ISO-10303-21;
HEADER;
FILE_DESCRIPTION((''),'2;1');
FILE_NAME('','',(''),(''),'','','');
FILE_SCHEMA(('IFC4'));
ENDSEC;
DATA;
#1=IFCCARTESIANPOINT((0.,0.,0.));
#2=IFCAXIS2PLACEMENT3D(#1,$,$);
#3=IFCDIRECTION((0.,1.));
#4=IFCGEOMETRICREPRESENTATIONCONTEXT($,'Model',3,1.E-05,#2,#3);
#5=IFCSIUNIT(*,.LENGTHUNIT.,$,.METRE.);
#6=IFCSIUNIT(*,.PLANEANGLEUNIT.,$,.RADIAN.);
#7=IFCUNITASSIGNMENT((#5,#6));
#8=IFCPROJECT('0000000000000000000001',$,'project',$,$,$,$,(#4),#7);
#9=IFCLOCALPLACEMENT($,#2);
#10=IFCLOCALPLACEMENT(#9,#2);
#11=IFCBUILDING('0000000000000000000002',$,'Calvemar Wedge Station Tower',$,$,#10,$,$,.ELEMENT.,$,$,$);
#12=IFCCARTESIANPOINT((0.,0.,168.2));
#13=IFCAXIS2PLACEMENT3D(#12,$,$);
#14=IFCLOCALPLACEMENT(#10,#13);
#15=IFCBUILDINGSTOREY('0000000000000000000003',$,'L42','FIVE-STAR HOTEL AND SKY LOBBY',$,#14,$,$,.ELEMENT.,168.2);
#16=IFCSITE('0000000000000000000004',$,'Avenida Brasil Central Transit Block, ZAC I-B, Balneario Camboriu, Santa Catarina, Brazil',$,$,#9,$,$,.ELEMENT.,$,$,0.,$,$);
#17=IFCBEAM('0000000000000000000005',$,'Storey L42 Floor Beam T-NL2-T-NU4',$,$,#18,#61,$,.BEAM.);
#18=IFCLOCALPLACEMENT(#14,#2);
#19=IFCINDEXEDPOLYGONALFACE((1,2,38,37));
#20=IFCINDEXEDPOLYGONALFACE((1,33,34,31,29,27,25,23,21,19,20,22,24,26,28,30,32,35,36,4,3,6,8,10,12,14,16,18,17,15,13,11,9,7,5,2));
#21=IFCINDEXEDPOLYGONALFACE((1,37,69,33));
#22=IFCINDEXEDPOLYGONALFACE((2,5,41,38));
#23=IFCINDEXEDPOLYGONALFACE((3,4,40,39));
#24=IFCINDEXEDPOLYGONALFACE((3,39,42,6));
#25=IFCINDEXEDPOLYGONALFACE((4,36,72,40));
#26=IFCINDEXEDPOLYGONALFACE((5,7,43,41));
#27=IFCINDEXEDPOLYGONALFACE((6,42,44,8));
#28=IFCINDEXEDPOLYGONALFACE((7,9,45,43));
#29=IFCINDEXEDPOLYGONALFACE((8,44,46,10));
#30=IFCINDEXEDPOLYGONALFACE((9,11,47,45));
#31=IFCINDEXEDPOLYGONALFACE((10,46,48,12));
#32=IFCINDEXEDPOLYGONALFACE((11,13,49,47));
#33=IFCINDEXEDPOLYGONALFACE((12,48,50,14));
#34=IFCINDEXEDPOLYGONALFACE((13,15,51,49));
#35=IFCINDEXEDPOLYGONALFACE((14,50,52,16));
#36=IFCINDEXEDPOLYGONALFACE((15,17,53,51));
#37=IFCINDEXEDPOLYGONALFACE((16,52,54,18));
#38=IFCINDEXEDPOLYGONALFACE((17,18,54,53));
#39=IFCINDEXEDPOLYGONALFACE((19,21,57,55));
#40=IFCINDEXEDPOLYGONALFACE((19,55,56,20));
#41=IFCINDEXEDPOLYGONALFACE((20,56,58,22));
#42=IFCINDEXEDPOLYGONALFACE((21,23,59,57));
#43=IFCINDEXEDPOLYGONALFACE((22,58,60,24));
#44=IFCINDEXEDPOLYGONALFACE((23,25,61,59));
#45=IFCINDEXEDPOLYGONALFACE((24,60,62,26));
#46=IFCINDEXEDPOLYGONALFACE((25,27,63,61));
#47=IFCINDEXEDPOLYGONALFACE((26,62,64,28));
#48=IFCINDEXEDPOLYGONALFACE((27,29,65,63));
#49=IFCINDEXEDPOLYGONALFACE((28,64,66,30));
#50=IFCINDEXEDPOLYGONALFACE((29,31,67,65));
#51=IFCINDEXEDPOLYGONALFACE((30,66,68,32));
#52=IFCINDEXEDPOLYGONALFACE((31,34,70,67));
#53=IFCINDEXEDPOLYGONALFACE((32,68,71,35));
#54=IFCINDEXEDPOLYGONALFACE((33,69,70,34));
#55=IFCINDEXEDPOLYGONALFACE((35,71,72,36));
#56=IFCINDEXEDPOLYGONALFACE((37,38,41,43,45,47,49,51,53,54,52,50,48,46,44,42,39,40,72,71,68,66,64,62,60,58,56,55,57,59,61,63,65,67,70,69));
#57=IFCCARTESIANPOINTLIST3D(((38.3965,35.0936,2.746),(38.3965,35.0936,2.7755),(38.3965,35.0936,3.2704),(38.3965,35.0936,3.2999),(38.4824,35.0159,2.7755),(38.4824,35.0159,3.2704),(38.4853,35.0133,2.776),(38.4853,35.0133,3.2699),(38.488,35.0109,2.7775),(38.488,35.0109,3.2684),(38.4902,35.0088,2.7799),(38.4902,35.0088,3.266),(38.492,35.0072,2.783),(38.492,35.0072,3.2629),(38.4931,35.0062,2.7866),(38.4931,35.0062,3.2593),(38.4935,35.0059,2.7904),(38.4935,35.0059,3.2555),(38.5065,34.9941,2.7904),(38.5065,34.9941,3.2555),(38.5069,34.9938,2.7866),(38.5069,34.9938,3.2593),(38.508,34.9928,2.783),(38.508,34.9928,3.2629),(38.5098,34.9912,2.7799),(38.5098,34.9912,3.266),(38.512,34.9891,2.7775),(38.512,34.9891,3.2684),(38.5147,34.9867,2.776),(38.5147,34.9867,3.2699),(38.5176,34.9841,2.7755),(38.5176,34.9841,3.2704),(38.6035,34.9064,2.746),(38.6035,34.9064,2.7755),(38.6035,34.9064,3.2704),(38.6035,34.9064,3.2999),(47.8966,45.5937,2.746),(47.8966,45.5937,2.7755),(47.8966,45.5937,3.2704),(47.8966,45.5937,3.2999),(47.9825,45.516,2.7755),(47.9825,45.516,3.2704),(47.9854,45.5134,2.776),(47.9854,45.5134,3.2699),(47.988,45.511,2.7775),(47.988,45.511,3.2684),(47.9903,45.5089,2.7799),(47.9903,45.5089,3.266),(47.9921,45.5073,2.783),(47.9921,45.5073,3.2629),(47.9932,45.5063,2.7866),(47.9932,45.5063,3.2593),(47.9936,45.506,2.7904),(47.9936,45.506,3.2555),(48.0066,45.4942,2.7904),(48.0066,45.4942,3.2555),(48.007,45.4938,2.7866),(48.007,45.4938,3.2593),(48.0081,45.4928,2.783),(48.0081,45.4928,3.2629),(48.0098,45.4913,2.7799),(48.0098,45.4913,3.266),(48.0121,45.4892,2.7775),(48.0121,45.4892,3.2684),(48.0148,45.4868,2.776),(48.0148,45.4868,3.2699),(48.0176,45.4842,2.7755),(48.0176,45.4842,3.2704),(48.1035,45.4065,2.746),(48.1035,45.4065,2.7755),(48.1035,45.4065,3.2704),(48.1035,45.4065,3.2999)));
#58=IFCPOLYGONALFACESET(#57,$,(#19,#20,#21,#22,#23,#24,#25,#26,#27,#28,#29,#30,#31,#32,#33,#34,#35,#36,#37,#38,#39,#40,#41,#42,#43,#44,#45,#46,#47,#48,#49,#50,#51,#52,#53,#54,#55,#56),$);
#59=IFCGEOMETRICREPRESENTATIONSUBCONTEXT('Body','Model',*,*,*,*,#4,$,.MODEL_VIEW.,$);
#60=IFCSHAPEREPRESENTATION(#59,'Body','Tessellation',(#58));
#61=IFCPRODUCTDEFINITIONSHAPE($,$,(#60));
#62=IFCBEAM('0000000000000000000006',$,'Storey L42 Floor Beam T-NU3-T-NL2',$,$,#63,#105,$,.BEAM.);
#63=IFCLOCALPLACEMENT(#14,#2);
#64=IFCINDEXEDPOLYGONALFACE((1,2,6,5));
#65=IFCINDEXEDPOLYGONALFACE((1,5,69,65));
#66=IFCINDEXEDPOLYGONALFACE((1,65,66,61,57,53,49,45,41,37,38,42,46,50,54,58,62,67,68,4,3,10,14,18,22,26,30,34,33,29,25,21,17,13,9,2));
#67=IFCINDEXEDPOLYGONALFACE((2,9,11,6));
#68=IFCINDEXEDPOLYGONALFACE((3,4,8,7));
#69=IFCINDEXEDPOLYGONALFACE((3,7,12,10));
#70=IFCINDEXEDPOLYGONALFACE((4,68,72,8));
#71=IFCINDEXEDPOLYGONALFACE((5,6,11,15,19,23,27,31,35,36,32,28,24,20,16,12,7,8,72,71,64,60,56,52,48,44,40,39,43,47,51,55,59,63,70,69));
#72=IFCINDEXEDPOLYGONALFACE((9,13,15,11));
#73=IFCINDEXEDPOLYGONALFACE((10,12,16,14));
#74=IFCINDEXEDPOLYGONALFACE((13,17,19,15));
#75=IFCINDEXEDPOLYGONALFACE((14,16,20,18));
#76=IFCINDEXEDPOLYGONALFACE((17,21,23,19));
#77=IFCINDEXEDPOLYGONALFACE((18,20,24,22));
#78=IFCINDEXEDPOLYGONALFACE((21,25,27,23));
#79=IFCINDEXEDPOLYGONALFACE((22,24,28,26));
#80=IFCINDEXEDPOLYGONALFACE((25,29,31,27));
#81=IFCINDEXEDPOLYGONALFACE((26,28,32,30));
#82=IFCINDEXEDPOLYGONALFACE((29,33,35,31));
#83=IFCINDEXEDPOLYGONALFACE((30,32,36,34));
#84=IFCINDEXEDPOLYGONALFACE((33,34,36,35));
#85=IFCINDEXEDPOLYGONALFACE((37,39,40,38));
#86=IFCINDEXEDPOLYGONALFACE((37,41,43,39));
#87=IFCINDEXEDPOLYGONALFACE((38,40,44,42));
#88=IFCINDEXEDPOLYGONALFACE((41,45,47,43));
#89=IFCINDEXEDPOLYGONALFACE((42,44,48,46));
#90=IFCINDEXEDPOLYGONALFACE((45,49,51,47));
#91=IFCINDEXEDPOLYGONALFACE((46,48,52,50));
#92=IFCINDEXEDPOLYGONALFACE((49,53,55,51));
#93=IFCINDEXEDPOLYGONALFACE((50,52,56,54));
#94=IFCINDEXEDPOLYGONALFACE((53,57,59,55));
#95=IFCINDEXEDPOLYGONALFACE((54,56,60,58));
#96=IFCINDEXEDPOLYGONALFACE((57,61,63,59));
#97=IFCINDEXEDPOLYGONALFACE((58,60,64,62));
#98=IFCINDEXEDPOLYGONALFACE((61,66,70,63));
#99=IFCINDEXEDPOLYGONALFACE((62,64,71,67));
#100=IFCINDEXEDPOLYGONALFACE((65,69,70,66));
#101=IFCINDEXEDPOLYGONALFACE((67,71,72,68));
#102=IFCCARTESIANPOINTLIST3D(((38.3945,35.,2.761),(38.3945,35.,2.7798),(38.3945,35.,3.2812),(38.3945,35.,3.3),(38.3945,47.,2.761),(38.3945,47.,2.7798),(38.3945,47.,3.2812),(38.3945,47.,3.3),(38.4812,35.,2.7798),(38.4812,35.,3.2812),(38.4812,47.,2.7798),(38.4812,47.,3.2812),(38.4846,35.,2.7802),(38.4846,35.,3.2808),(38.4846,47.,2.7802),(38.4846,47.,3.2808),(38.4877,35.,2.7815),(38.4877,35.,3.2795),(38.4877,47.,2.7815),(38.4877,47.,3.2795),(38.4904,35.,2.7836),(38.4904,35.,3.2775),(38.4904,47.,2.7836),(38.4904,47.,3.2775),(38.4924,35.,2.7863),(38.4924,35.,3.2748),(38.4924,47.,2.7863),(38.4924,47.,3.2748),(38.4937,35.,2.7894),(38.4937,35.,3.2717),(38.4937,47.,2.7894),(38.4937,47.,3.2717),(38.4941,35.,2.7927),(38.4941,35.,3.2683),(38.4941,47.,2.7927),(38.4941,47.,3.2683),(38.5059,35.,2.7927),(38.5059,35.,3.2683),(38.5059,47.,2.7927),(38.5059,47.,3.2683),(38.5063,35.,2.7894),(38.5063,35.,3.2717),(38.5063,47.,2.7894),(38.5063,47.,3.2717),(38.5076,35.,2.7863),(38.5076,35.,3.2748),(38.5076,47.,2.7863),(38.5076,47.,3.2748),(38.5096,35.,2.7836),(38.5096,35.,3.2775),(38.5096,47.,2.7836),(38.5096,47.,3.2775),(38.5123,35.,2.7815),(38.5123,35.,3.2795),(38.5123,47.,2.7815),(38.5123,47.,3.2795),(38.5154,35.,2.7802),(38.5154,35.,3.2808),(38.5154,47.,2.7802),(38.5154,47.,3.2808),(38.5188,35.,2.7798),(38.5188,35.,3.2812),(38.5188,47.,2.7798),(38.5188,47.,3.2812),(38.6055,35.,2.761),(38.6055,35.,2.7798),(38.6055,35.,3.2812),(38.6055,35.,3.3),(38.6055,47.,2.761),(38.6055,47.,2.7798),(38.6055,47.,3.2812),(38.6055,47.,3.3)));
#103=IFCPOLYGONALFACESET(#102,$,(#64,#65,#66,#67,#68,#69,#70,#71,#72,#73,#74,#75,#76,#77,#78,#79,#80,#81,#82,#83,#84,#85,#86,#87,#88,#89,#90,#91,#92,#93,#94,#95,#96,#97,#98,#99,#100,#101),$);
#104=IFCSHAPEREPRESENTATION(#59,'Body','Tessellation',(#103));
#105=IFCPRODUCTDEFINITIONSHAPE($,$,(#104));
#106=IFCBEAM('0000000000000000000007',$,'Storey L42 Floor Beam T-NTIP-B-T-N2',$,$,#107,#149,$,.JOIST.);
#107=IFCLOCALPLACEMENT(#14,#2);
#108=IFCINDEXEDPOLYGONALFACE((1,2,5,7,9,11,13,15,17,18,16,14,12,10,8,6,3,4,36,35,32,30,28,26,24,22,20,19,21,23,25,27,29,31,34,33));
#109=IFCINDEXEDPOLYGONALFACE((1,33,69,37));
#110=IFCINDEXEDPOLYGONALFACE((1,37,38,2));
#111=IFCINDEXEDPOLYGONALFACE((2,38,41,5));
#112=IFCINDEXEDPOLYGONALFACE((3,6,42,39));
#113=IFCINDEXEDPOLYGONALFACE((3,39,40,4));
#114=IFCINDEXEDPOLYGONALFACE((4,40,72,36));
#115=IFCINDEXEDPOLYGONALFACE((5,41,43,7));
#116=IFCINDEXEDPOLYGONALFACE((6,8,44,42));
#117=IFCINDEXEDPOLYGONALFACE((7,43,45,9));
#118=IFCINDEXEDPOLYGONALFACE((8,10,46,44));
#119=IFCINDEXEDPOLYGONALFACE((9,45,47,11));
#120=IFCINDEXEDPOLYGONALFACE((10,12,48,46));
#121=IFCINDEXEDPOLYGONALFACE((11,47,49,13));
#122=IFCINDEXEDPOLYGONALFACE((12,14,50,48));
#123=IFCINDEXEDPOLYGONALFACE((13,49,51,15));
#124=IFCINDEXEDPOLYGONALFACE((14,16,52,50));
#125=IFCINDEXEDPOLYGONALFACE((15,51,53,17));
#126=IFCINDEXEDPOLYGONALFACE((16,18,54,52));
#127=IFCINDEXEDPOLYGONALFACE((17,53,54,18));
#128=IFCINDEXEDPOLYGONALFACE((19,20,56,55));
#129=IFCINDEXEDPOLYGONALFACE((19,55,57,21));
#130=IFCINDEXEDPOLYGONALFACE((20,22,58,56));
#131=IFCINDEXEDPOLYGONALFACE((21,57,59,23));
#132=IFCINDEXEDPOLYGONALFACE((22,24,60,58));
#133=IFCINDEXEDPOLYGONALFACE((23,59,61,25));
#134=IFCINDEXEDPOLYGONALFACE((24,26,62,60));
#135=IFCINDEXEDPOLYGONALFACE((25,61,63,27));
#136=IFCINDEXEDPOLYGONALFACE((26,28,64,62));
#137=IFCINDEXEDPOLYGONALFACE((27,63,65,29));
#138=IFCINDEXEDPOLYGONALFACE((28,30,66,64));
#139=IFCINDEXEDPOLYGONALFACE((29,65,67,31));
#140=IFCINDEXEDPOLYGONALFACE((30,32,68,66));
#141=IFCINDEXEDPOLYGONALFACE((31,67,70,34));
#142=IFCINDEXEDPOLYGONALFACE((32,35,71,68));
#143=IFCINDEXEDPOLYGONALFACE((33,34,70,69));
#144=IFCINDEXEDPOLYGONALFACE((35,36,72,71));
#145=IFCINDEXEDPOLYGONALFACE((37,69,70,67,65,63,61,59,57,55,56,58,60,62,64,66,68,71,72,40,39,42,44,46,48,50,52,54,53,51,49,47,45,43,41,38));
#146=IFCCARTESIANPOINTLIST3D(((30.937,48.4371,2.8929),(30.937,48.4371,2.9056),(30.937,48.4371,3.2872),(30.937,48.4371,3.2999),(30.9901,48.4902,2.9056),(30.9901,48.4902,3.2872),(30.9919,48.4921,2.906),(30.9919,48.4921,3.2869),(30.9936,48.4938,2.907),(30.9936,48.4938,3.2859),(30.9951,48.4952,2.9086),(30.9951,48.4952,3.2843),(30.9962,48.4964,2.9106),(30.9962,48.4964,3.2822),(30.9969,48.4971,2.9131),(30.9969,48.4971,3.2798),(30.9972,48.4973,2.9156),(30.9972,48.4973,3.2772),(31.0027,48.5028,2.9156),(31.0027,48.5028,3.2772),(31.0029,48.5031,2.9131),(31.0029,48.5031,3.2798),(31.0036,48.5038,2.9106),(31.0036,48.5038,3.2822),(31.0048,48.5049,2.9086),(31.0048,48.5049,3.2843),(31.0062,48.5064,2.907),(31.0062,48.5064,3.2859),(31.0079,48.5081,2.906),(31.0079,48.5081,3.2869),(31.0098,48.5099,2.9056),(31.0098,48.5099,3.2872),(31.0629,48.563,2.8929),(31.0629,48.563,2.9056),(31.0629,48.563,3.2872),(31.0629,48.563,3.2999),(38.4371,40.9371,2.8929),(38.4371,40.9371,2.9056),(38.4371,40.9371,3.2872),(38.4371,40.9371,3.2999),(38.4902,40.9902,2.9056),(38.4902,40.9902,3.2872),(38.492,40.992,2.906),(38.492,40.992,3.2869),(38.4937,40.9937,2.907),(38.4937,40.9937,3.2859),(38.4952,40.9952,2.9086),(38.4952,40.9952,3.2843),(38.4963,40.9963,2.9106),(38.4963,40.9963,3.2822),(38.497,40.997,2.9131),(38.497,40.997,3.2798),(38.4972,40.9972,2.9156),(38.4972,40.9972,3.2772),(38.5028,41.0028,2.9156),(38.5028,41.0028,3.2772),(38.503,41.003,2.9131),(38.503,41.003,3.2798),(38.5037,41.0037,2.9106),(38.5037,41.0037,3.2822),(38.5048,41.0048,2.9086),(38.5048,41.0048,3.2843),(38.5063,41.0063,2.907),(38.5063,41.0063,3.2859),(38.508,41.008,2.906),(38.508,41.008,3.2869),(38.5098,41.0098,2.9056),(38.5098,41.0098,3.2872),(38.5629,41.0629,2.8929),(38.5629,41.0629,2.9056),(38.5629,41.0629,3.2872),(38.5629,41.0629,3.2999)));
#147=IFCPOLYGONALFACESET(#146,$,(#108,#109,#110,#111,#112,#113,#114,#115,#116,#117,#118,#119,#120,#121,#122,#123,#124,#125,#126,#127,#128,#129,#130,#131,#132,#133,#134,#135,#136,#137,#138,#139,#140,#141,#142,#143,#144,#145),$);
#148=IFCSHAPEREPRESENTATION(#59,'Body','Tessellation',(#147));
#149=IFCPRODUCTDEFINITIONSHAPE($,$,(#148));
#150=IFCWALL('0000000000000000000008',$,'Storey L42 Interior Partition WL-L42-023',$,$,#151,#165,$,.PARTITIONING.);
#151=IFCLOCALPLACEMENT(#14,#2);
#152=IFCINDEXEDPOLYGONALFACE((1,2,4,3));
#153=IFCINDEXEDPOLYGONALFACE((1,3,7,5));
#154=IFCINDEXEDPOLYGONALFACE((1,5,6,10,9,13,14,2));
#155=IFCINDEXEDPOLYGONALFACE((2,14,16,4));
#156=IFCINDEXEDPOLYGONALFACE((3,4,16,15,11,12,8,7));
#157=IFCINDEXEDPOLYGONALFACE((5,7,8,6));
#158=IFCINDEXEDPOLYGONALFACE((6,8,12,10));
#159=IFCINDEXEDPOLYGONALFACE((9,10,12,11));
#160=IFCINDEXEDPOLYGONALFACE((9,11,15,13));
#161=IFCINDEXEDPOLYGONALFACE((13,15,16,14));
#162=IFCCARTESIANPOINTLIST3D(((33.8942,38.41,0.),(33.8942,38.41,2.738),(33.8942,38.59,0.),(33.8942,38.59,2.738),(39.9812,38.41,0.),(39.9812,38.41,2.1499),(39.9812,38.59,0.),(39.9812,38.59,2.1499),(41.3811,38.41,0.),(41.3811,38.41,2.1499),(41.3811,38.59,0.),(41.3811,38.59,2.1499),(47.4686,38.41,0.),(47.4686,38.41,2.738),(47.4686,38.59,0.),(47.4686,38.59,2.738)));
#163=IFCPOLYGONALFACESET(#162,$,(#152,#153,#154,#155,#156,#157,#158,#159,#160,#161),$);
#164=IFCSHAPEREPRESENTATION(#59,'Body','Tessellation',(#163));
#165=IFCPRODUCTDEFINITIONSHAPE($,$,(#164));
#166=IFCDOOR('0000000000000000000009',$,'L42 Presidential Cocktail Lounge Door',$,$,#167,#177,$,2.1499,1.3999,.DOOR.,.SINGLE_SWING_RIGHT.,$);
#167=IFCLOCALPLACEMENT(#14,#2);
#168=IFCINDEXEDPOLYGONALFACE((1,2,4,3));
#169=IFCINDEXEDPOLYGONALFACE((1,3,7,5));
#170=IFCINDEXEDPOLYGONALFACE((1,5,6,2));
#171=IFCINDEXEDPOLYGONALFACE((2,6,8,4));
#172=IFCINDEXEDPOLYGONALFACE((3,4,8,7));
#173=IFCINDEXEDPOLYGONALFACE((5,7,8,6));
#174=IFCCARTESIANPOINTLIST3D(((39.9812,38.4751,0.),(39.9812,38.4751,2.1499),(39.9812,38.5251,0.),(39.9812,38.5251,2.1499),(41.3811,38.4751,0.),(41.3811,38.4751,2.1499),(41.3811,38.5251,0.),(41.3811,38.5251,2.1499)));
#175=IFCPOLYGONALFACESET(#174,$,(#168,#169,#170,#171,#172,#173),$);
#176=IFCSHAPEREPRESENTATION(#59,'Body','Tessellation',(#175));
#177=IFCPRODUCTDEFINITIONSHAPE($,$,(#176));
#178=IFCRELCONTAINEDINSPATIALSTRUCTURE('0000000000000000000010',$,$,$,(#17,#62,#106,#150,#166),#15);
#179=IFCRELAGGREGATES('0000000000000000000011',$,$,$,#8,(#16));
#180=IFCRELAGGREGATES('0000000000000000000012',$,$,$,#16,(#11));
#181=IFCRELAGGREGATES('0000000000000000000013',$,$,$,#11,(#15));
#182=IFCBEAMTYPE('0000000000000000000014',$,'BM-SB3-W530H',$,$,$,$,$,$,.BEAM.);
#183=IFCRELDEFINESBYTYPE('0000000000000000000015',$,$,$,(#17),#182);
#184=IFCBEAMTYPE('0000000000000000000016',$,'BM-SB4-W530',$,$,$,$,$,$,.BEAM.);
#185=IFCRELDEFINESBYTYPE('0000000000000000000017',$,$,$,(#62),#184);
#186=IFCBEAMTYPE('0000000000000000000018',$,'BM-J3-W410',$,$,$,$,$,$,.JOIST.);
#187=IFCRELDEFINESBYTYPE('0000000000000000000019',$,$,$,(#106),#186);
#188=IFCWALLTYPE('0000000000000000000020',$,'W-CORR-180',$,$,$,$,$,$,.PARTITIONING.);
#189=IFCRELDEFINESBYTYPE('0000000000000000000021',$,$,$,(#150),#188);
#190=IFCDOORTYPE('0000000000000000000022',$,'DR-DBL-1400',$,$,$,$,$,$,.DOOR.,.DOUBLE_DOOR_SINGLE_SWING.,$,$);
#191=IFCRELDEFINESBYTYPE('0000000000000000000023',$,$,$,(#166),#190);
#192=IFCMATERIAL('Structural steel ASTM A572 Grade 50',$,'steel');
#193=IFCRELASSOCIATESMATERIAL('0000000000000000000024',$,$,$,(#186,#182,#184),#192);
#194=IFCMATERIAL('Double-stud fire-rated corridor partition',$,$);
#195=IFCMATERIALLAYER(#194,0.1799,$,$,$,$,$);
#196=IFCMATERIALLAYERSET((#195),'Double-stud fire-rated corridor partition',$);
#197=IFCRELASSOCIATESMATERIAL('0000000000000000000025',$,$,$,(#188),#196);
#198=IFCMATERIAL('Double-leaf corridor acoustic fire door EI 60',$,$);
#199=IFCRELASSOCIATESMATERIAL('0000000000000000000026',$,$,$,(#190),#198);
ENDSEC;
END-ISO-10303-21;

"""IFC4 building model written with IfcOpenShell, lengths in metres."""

from ifc_helpers import new_model, si_unit, direction, frame, frame_2d, origin, origin_2d, place, context, subcontext, project, spatial, rectangle, i_section, extrude, source, transform, mapped, material, layer, layer_set, material_profile, profile_set, type_object, element, fill, save


model = new_model("IFC4")

# Units and contexts
model_context = context("Model", 3, precision=1e-05, world=origin(), true_north=direction((0.0, 1.0)))
body_context = subcontext(model_context, "Body", "Model", "MODEL_VIEW")
ifc_project = project(units=[si_unit("LENGTHUNIT", "METRE"), si_unit("PLANEANGLEUNIT", "RADIAN")], contexts=[model_context])

# Site, building, storey
site_placement = place(None, origin())
site = spatial("IfcSite", under=ifc_project, at=site_placement, Name="Avenida Brasil Central Transit Block, ZAC I-B, Balneario Camboriu, Santa Catarina, Brazil", CompositionType="ELEMENT", RefElevation=0.0)
building_placement = place(site_placement, origin())
building = spatial("IfcBuilding", under=site, at=building_placement, Name="Calvemar Wedge Station Tower", CompositionType="ELEMENT")
storey_placement = place(building_placement, frame((0.0, 0.0, 168.2)))
storey = spatial("IfcBuildingStorey", under=building, at=storey_placement, Name="L42", Description="FIVE-STAR HOTEL AND SKY LOBBY", CompositionType="ELEMENT", Elevation=168.2)

# Shared definitions
ifc_material_1 = material(Name="Structural steel ASTM A572 Grade 50", Category="steel")

# Beams
ifc_material_profile_1 = material_profile(ifc_material_1, i_section(OverallWidth=0.178, OverallDepth=0.407, WebThickness=0.0078, FlangeThickness=0.0127, FilletRadius=0.01, at=origin_2d()), Name="W410x60")
ifc_profile_set_1 = profile_set([ifc_material_profile_1], Name="Structural steel ASTM A572 Grade 50")
beam_type_1 = type_object("IfcBeamType", Name="BM-J3-W410", PredefinedType="JOIST", material=ifc_profile_set_1)
ifc_material_profile_2 = material_profile(ifc_material_1, i_section(OverallWidth=0.2791, OverallDepth=0.554, WebThickness=0.0176, FlangeThickness=0.0295, FilletRadius=0.0149, at=origin_2d()), Name="W530x196")
ifc_profile_set_2 = profile_set([ifc_material_profile_2], Name="Structural steel ASTM A572 Grade 50")
beam_type_2 = type_object("IfcBeamType", Name="BM-SB3-W530H", PredefinedType="BEAM", material=ifc_profile_set_2)
shared_shape_1 = source(origin(), body_context, "Body", "SweptSolid", [
    extrude(i_section(OverallWidth=0.2791, OverallDepth=0.554, WebThickness=0.0176, FlangeThickness=0.0295, FilletRadius=0.0149, at=origin_2d()), origin(), (0.0, 0.0, 1.0), 14.1599),
])
beam_1_placement = place(storey_placement, frame((38.5, 35.0, 3.0229), z_axis=(0.670913, 0.741536, 0.0), x_axis=(-0.741536, 0.670913, 0.0)))
element("IfcBeam", 1, at=beam_1_placement, inside=storey, type_object=beam_type_2, Name="Storey L42 Floor Beam T-NL2-T-NU4", PredefinedType="BEAM", context=body_context, shape_type="MappedRepresentation", body=[
    mapped(shared_shape_1, transform((0.0, 0.0, 0.0), scale=1.0)),
])
ifc_material_profile_3 = material_profile(ifc_material_1, i_section(OverallWidth=0.2109, OverallDepth=0.5391, WebThickness=0.0117, FlangeThickness=0.0188, FilletRadius=0.0129, at=origin_2d()), Name="W530x109")
ifc_profile_set_3 = profile_set([ifc_material_profile_3], Name="Structural steel ASTM A572 Grade 50")
beam_type_3 = type_object("IfcBeamType", Name="BM-SB4-W530", PredefinedType="BEAM", material=ifc_profile_set_3)
shared_shape_2 = source(origin(), body_context, "Body", "SweptSolid", [
    extrude(i_section(OverallWidth=0.2109, OverallDepth=0.5391, WebThickness=0.0117, FlangeThickness=0.0188, FilletRadius=0.0129, at=origin_2d()), origin(), (0.0, 0.0, 1.0), 12.0),
])
beam_2_placement = place(storey_placement, frame((38.5, 47.0, 3.0305), z_axis=(0.0, -1.0, 0.0), x_axis=(1.0, 0.0, 0.0)))
element("IfcBeam", 2, at=beam_2_placement, inside=storey, type_object=beam_type_3, Name="Storey L42 Floor Beam T-NU3-T-NL2", PredefinedType="BEAM", context=body_context, shape_type="MappedRepresentation", body=[
    mapped(shared_shape_2, transform((0.0, 0.0, 0.0), scale=1.0)),
])
shared_shape_3 = source(origin(), body_context, "Body", "SweptSolid", [
    extrude(i_section(OverallWidth=0.178, OverallDepth=0.407, WebThickness=0.0078, FlangeThickness=0.0127, FilletRadius=0.01, at=origin_2d()), origin(), (0.0, 0.0, 1.0), 10.6067),
])
beam_3_placement = place(storey_placement, frame((38.5, 41.0, 3.0964), z_axis=(-0.707107, 0.707107, 0.0), x_axis=(-0.707107, -0.707107, 0.0)))
element("IfcBeam", 3, at=beam_3_placement, inside=storey, type_object=beam_type_1, Name="Storey L42 Floor Beam T-NTIP-B-T-N2", PredefinedType="JOIST", context=body_context, shape_type="MappedRepresentation", body=[
    mapped(shared_shape_3, transform((0.0, 0.0, 0.0), scale=1.0)),
])

# Wall, opening, door
ifc_material_2 = material(Name="Double-stud fire-rated corridor partition")
ifc_layer = layer(ifc_material_2, 0.1799)
ifc_layer_set = layer_set([ifc_layer], Name="Double-stud fire-rated corridor partition")
wall_type = type_object("IfcWallType", Name="W-CORR-180", PredefinedType="PARTITIONING", material=ifc_layer_set)
wall_placement = place(storey_placement, frame((47.4685, 38.5, 0.0), z_axis=(0.0, 0.0, 1.0), x_axis=(-1.0, 0.0, 0.0)))
wall = element("IfcWall", 4, at=wall_placement, inside=storey, type_object=wall_type, Name="Storey L42 Interior Partition WL-L42-023", PredefinedType="PARTITIONING", context=body_context, shape_type="SweptSolid", body=[
    extrude(rectangle(XDim=13.5745, YDim=0.1799, at=frame_2d((6.7871, 0.0))), origin(), (0.0, 0.0, 1.0), 2.738),
])
shared_shape_4 = source(origin(), body_context, "Body", "SweptSolid", [
    extrude(rectangle(XDim=1.3999, YDim=2.1499, at=frame_2d((0.7, 1.075))), frame((0.0, 0.1001, 0.0), z_axis=(0.0, -1.0, 0.0), x_axis=(1.0, 0.0, 0.0)), (0.0, 0.0, 1.0), 0.2),
])
opening_placement = place(wall_placement, frame((6.0874, 0.0, 0.0)))
opening = element("IfcOpeningElement", 5, at=opening_placement, cuts=wall, PredefinedType="OPENING", context=body_context, shape_type="MappedRepresentation", body=[
    mapped(shared_shape_4, transform((0.0, 0.0, 0.0), scale=1.0)),
])
ifc_material_3 = material(Name="Double-leaf corridor acoustic fire door EI 60")
door_type = type_object("IfcDoorType", Name="DR-DBL-1400", OperationType="DOUBLE_DOOR_SINGLE_SWING", PredefinedType="DOOR", material=ifc_material_3)
shared_shape_5 = source(origin(), body_context, "Body", "SweptSolid", [
    extrude(rectangle(XDim=1.3999, YDim=2.1499, at=frame_2d((0.7, 1.075))), frame((0.0, 0.0249, 0.0), z_axis=(0.0, -1.0, 0.0), x_axis=(1.0, 0.0, 0.0)), (0.0, 0.0, 1.0), 0.05),
])
door_placement = place(opening_placement, origin())
door = element("IfcDoor", 6, at=door_placement, inside=storey, type_object=door_type, Name="L42 Presidential Cocktail Lounge Door", OperationType="SINGLE_SWING_RIGHT", OverallHeight=2.1499, OverallWidth=1.3999, PredefinedType="DOOR", context=body_context, shape_type="MappedRepresentation", body=[
    mapped(shared_shape_5, transform((0.0, 0.0, 0.0), scale=1.0)),
])
fill(opening, door)

save(model, "model.ifc")
